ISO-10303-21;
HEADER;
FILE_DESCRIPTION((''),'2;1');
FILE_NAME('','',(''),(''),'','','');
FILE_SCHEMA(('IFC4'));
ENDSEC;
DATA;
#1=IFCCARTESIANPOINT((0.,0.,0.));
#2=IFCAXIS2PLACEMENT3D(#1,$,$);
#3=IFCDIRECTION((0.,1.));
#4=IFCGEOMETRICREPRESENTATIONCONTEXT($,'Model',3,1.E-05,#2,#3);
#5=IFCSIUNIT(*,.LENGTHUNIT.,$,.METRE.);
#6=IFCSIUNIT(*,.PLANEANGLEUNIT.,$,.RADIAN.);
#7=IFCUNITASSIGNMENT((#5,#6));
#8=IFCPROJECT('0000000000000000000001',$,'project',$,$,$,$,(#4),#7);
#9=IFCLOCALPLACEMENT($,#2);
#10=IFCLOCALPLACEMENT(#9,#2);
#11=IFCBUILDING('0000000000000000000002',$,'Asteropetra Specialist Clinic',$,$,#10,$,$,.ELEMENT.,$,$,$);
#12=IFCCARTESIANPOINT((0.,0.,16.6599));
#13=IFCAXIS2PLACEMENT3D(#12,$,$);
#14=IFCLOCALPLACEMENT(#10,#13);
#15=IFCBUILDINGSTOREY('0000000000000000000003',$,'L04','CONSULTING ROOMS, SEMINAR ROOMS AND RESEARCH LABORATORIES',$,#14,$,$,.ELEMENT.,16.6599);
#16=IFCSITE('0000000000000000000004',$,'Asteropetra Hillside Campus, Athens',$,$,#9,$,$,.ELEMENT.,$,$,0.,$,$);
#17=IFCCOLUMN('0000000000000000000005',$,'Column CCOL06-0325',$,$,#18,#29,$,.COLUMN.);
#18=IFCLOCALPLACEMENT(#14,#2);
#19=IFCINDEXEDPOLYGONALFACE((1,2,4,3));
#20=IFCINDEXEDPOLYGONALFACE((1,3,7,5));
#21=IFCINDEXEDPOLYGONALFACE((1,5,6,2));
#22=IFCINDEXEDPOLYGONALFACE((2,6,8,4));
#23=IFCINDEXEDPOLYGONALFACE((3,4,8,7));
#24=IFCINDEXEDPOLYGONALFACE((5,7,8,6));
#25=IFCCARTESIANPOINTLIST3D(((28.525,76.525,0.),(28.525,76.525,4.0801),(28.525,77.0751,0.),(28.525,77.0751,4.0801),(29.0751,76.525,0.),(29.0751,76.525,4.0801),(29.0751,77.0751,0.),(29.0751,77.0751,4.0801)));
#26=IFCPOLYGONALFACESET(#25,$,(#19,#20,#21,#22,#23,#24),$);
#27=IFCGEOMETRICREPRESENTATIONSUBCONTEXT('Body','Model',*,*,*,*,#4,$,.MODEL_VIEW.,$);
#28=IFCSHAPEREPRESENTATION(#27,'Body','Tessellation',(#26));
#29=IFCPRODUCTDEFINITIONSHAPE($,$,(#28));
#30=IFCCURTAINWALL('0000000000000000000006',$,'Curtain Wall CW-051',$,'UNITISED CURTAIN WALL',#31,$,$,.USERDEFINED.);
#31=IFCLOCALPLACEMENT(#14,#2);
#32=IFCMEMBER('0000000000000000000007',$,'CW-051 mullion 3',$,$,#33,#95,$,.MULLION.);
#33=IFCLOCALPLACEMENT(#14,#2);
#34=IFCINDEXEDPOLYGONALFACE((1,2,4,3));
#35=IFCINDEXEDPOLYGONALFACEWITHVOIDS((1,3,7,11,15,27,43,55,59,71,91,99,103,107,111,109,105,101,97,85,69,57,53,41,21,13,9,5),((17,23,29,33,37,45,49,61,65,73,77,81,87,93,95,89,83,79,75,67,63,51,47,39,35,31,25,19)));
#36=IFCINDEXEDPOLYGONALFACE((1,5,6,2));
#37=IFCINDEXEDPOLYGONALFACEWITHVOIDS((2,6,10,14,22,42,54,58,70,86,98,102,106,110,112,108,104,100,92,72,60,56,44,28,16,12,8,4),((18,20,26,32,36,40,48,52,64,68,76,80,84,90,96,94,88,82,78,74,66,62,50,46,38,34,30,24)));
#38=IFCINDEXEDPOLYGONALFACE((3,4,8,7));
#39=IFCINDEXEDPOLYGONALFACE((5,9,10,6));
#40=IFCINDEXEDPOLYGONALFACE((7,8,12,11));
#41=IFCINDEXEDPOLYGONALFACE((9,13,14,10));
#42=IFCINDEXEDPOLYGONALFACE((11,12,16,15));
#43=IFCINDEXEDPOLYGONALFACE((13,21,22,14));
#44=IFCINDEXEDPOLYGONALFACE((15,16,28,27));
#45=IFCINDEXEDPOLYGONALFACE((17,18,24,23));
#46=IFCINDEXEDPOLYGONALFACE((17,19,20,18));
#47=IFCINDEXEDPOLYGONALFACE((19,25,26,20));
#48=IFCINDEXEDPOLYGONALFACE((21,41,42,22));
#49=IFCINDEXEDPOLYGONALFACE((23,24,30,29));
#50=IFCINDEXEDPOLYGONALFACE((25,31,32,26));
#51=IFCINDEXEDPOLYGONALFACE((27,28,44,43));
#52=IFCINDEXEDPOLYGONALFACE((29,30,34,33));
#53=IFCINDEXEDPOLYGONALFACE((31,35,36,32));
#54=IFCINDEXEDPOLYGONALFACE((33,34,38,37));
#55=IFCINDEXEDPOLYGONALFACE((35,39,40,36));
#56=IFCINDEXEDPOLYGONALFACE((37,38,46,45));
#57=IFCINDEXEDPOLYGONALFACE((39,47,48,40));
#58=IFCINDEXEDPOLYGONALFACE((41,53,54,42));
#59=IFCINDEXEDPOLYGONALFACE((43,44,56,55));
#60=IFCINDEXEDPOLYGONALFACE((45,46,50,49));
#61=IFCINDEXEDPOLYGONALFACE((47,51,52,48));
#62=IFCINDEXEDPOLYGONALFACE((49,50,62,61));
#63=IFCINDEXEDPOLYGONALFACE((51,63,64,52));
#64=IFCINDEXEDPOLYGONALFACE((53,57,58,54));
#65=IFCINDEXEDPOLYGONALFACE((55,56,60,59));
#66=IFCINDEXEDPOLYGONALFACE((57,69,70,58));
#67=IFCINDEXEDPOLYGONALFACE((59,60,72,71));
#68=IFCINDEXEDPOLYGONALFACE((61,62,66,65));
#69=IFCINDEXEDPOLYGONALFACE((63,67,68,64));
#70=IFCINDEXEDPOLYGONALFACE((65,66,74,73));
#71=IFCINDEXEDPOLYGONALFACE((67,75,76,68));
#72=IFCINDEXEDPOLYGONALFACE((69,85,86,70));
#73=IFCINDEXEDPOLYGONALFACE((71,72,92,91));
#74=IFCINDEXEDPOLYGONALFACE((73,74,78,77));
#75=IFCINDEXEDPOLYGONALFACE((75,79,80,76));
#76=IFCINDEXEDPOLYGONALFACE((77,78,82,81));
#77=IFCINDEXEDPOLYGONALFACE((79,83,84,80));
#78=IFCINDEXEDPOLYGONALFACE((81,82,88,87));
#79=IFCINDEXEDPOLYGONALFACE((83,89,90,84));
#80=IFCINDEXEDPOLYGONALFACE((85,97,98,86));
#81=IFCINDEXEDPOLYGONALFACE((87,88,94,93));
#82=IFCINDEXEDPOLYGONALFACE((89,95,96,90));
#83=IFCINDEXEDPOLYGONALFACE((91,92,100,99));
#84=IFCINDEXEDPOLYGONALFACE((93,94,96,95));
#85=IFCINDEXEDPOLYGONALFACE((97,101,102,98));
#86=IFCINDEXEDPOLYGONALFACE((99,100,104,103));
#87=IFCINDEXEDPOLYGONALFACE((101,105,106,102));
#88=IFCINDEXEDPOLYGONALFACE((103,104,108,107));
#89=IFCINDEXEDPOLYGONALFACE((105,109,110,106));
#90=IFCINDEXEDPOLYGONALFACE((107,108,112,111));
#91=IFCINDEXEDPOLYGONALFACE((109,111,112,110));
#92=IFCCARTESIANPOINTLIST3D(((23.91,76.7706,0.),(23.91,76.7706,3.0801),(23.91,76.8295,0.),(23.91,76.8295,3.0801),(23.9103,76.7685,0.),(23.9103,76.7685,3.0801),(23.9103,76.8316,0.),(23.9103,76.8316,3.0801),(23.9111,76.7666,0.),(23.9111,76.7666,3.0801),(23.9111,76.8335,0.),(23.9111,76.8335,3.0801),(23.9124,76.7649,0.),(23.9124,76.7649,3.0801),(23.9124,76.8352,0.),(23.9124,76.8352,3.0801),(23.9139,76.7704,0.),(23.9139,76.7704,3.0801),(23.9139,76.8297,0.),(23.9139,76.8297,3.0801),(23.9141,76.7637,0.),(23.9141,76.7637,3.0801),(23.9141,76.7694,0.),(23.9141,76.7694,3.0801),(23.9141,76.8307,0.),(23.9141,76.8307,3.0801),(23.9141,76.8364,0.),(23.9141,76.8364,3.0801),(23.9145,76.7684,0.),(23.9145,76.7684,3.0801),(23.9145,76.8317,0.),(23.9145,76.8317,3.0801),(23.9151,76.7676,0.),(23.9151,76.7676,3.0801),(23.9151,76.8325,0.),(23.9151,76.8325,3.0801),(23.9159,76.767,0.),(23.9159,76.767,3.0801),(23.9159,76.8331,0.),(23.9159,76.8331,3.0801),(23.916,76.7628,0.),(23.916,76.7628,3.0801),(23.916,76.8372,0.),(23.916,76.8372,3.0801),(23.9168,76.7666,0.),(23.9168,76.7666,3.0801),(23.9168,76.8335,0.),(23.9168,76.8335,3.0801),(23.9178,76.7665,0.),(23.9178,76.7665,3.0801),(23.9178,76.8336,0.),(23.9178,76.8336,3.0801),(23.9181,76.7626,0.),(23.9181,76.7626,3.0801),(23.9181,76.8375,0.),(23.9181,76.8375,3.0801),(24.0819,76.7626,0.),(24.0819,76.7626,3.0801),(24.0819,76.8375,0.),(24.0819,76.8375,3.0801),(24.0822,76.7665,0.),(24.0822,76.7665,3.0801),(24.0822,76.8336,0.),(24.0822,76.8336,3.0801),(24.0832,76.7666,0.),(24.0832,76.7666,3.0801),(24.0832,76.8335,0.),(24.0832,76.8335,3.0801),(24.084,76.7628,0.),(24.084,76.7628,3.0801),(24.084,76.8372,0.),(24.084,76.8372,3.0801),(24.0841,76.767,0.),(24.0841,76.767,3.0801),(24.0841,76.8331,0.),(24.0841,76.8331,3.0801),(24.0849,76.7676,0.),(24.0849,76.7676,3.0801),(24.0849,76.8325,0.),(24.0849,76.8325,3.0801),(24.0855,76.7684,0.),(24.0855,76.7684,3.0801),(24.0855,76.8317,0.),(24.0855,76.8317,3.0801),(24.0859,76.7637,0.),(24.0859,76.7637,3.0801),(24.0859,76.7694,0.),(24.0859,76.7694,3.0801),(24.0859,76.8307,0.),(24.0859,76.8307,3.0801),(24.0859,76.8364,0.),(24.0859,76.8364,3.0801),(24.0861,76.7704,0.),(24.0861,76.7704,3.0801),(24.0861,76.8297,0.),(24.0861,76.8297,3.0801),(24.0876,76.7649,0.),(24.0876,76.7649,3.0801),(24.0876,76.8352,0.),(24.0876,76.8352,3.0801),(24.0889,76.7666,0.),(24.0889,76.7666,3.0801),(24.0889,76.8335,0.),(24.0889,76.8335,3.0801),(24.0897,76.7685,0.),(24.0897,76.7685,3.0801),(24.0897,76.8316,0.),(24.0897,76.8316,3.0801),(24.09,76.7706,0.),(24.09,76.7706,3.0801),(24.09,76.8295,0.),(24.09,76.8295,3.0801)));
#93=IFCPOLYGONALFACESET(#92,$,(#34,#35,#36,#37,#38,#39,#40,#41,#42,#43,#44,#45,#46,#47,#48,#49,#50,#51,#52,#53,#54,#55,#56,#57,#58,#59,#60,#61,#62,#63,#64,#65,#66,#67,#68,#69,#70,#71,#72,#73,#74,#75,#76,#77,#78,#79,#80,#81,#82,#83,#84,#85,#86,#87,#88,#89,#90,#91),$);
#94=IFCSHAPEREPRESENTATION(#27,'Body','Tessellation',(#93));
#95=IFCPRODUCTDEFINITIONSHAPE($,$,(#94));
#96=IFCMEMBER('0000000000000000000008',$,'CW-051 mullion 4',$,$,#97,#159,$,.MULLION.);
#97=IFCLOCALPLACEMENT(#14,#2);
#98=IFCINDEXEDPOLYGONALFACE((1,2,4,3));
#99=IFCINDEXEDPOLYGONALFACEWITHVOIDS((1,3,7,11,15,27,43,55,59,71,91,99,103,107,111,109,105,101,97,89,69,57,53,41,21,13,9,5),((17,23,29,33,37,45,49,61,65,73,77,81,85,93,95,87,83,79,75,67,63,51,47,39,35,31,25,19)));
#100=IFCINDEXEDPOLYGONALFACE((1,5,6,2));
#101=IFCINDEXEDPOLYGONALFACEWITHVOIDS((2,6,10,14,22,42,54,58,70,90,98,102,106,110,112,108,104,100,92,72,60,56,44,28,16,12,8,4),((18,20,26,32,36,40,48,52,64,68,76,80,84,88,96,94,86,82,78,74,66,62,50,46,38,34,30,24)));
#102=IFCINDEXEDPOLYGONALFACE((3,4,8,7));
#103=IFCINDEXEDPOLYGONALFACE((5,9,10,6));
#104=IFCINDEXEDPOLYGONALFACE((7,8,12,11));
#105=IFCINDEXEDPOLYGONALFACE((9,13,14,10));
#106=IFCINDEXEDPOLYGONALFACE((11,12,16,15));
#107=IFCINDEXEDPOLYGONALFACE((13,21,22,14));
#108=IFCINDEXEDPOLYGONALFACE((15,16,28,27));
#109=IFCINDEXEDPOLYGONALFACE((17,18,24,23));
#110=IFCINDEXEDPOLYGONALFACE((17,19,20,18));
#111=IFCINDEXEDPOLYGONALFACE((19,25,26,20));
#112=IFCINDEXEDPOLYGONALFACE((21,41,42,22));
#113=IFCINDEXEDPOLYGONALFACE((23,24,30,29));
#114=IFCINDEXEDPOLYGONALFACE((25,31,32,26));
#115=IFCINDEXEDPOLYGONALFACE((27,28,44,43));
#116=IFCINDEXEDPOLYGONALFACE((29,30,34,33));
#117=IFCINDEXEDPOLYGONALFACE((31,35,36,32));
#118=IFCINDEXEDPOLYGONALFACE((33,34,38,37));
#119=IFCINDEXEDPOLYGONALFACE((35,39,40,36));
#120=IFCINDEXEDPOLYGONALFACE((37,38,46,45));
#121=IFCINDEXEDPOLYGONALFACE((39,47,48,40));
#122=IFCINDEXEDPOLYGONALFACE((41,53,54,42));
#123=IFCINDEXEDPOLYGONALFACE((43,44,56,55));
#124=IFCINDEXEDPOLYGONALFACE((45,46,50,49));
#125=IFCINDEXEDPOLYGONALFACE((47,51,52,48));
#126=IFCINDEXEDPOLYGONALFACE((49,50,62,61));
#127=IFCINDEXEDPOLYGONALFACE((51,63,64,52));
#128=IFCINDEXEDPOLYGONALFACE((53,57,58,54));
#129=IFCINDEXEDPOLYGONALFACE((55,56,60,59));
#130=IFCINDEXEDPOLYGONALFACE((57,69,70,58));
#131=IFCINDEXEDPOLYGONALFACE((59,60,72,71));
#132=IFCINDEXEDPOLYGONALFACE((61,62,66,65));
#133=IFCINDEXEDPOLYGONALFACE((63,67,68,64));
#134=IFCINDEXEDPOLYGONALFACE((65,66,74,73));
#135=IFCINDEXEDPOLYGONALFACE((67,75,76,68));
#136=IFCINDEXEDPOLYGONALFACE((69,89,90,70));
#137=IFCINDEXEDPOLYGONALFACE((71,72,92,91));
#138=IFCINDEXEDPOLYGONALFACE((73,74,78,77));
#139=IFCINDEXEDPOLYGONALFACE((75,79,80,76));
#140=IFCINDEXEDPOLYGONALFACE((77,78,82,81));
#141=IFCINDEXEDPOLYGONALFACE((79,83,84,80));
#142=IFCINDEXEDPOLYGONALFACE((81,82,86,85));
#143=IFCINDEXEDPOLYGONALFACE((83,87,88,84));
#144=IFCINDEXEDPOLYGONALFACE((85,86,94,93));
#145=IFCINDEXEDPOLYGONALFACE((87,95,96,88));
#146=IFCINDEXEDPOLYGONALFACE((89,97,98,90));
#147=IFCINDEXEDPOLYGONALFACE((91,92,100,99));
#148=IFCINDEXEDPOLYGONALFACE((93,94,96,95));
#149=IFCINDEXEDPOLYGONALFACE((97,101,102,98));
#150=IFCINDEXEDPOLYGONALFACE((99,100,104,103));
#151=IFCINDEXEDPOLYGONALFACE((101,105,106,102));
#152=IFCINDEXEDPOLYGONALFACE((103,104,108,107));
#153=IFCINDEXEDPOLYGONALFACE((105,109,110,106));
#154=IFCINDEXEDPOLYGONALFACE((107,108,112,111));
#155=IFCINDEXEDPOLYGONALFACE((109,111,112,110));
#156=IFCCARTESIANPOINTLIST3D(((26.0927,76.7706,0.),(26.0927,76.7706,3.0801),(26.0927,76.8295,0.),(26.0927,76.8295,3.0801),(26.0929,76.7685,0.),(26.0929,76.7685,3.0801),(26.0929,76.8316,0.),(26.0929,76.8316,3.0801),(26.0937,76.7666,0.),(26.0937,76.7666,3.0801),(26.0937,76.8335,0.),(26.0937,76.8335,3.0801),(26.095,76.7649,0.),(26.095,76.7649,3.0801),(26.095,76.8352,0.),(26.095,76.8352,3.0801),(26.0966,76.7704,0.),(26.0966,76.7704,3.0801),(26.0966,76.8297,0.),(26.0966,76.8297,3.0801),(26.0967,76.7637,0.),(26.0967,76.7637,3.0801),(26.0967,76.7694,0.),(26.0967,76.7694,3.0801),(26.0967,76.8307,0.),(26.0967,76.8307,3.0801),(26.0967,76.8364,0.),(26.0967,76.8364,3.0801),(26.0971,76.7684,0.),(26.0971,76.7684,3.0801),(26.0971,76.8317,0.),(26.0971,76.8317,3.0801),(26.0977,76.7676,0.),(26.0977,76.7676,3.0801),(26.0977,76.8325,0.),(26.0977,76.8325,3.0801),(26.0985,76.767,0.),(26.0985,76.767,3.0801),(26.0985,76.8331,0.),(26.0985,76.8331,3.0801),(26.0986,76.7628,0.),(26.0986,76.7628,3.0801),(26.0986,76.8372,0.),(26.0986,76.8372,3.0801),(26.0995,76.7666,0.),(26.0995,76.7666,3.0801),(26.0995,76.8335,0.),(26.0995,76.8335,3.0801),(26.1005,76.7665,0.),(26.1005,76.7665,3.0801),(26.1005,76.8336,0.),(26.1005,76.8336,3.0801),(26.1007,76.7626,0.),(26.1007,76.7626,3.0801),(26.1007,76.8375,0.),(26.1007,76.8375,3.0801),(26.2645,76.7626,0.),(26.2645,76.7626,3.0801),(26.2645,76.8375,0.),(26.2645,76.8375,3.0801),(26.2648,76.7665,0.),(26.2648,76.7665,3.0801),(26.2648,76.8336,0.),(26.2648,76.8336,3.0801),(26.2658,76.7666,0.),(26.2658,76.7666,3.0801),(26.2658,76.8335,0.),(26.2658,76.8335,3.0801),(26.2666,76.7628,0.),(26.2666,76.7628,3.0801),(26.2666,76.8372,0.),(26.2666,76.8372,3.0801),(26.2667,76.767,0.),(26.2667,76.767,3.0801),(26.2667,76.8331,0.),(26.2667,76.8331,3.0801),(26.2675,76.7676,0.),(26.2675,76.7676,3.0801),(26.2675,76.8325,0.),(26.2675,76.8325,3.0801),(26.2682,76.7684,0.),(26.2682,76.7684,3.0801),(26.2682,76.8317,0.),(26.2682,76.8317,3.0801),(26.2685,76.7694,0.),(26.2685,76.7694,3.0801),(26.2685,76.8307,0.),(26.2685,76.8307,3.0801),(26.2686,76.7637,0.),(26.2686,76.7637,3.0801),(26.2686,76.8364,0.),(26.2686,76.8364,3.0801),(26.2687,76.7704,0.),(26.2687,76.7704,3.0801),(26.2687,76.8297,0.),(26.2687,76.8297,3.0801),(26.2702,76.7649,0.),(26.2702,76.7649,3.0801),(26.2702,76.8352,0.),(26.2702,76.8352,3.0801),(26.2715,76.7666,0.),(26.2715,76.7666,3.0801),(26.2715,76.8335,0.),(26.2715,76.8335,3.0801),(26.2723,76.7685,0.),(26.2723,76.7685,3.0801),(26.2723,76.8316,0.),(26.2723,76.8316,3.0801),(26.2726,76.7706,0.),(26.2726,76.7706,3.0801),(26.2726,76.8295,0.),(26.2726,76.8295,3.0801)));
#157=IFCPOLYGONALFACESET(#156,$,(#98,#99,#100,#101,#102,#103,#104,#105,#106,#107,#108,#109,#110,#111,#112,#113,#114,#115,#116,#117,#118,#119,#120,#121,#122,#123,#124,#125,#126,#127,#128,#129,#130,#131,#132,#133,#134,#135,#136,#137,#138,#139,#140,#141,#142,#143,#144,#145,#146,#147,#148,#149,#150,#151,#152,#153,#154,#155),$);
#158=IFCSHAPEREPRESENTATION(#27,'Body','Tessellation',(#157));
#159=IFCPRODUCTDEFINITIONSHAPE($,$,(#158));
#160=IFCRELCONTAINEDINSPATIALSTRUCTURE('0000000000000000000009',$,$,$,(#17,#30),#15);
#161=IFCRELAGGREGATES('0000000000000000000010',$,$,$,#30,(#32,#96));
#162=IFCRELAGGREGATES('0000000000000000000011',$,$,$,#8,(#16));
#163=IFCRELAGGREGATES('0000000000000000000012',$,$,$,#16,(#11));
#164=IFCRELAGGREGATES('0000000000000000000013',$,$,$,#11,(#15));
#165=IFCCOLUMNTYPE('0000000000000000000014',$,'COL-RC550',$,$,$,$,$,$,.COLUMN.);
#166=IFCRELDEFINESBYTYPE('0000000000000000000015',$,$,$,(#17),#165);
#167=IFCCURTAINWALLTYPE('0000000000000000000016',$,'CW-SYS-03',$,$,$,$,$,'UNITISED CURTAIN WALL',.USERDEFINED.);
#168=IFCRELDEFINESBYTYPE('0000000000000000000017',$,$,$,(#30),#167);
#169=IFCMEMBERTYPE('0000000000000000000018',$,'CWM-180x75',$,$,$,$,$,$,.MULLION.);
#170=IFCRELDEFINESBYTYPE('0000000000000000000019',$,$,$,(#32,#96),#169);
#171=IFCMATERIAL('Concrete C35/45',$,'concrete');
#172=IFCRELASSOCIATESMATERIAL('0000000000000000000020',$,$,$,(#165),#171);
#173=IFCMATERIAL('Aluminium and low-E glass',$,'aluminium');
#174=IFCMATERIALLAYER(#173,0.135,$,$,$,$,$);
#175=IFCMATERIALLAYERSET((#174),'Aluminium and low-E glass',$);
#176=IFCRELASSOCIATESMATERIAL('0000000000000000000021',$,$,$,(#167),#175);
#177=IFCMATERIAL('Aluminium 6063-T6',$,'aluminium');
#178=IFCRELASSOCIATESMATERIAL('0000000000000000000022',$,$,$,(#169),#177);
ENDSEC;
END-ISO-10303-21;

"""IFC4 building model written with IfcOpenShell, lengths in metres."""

from ifc_helpers import new_model, si_unit, direction, frame, origin, origin_2d, place, context, subcontext, project, spatial, rectangle, hollow_rectangle, extrude, material, layer, layer_set, material_profile, profile_set, type_object, element, aggregate, save


model = new_model("IFC4")

# Units and contexts
model_context = context("Model", 3, precision=1e-05, world=origin(), true_north=direction((0.0, 1.0)))
body_context = subcontext(model_context, "Body", "Model", "MODEL_VIEW")
ifc_project = project(units=[si_unit("LENGTHUNIT", "METRE"), si_unit("PLANEANGLEUNIT", "RADIAN")], contexts=[model_context])

# Site, building, storey
site_placement = place(None, origin())
site = spatial("IfcSite", under=ifc_project, at=site_placement, Name="Asteropetra Hillside Campus, Athens", CompositionType="ELEMENT", RefElevation=0.0)
building_placement = place(site_placement, origin())
building = spatial("IfcBuilding", under=site, at=building_placement, Name="Asteropetra Specialist Clinic", CompositionType="ELEMENT")
storey_placement = place(building_placement, frame((0.0, 0.0, 16.6599)))
storey = spatial("IfcBuildingStorey", under=building, at=storey_placement, Name="L04", Description="CONSULTING ROOMS, SEMINAR ROOMS AND RESEARCH LABORATORIES", CompositionType="ELEMENT", Elevation=16.6599)

# Column
ifc_material_1 = material(Name="Concrete C35/45", Category="concrete")
ifc_material_profile_1 = material_profile(ifc_material_1, rectangle(XDim=0.55, YDim=0.55, at=origin_2d()), Name="RC 550x550")
ifc_profile_set_1 = profile_set([ifc_material_profile_1], Name="Concrete C35/45")
column_type = type_object("IfcColumnType", Name="COL-RC550", PredefinedType="COLUMN", material=ifc_profile_set_1)
column_placement = place(storey_placement, frame((28.8, 76.8, 0.0), z_axis=(0.0, 0.0, 1.0), x_axis=(1.0, 0.0, 0.0)))
element("IfcColumn", 1, at=column_placement, inside=storey, type_object=column_type, Name="Column CCOL06-0325", PredefinedType="COLUMN", context=body_context, shape_type="SweptSolid", body=[
    extrude(rectangle(XDim=0.55, YDim=0.55, at=origin_2d()), origin(), (0.0, 0.0, 1.0), 4.0801),
])

# Curtain wall, members
ifc_material_2 = material(Name="Aluminium and low-E glass", Category="aluminium")
ifc_layer_1 = layer(ifc_material_2, 0.135)
ifc_layer_set_1 = layer_set([ifc_layer_1], Name="Aluminium and low-E glass")
curtain_wall_type_1 = type_object("IfcCurtainWallType", Name="CW-SYS-03", ElementType="UNITISED CURTAIN WALL", PredefinedType="USERDEFINED", material=ifc_layer_set_1)
curtain_wall_1_placement = place(storey_placement, origin())
curtain_wall_1 = element("IfcCurtainWall", 2, at=curtain_wall_1_placement, inside=storey, type_object=curtain_wall_type_1, Name="Curtain Wall CW-051", ObjectType="UNITISED CURTAIN WALL", PredefinedType="USERDEFINED")
ifc_material_3 = material(Name="Aluminium 6063-T6", Category="aluminium")
ifc_material_profile_2 = material_profile(ifc_material_3, hollow_rectangle(XDim=0.075, YDim=0.1799, WallThickness=0.0039, InnerFilletRadius=0.0039, OuterFilletRadius=0.0081, at=origin_2d()), Name="MUL 180x75x4.0")
ifc_profile_set_2 = profile_set([ifc_material_profile_2], Name="Aluminium 6063-T6")
member_type_1 = type_object("IfcMemberType", Name="CWM-180x75", PredefinedType="MULLION", material=ifc_profile_set_2)
member_1_placement = place(storey_placement, frame((24.0, 76.8, 0.0), z_axis=(0.0, 0.0, 1.0), x_axis=(0.0, 1.0, 0.0)))
member_1 = element("IfcMember", 3, at=member_1_placement, type_object=member_type_1, Name="CW-051 mullion 3", PredefinedType="MULLION", context=body_context, shape_type="SweptSolid", body=[
    extrude(hollow_rectangle(XDim=0.075, YDim=0.1799, WallThickness=0.0039, InnerFilletRadius=0.0039, OuterFilletRadius=0.0081, at=origin_2d()), origin(), (0.0, 0.0, 1.0), 3.0801),
])
member_2_placement = place(storey_placement, frame((26.1826, 76.8, 0.0), z_axis=(0.0, 0.0, 1.0), x_axis=(0.0, 1.0, 0.0)))
member_2 = element("IfcMember", 4, at=member_2_placement, type_object=member_type_1, Name="CW-051 mullion 4", PredefinedType="MULLION", context=body_context, shape_type="SweptSolid", body=[
    extrude(hollow_rectangle(XDim=0.075, YDim=0.1799, WallThickness=0.0039, InnerFilletRadius=0.0039, OuterFilletRadius=0.0081, at=origin_2d()), origin(), (0.0, 0.0, 1.0), 3.0801),
])

aggregate(curtain_wall_1, [member_1, member_2])

save(model, "model.ifc")
